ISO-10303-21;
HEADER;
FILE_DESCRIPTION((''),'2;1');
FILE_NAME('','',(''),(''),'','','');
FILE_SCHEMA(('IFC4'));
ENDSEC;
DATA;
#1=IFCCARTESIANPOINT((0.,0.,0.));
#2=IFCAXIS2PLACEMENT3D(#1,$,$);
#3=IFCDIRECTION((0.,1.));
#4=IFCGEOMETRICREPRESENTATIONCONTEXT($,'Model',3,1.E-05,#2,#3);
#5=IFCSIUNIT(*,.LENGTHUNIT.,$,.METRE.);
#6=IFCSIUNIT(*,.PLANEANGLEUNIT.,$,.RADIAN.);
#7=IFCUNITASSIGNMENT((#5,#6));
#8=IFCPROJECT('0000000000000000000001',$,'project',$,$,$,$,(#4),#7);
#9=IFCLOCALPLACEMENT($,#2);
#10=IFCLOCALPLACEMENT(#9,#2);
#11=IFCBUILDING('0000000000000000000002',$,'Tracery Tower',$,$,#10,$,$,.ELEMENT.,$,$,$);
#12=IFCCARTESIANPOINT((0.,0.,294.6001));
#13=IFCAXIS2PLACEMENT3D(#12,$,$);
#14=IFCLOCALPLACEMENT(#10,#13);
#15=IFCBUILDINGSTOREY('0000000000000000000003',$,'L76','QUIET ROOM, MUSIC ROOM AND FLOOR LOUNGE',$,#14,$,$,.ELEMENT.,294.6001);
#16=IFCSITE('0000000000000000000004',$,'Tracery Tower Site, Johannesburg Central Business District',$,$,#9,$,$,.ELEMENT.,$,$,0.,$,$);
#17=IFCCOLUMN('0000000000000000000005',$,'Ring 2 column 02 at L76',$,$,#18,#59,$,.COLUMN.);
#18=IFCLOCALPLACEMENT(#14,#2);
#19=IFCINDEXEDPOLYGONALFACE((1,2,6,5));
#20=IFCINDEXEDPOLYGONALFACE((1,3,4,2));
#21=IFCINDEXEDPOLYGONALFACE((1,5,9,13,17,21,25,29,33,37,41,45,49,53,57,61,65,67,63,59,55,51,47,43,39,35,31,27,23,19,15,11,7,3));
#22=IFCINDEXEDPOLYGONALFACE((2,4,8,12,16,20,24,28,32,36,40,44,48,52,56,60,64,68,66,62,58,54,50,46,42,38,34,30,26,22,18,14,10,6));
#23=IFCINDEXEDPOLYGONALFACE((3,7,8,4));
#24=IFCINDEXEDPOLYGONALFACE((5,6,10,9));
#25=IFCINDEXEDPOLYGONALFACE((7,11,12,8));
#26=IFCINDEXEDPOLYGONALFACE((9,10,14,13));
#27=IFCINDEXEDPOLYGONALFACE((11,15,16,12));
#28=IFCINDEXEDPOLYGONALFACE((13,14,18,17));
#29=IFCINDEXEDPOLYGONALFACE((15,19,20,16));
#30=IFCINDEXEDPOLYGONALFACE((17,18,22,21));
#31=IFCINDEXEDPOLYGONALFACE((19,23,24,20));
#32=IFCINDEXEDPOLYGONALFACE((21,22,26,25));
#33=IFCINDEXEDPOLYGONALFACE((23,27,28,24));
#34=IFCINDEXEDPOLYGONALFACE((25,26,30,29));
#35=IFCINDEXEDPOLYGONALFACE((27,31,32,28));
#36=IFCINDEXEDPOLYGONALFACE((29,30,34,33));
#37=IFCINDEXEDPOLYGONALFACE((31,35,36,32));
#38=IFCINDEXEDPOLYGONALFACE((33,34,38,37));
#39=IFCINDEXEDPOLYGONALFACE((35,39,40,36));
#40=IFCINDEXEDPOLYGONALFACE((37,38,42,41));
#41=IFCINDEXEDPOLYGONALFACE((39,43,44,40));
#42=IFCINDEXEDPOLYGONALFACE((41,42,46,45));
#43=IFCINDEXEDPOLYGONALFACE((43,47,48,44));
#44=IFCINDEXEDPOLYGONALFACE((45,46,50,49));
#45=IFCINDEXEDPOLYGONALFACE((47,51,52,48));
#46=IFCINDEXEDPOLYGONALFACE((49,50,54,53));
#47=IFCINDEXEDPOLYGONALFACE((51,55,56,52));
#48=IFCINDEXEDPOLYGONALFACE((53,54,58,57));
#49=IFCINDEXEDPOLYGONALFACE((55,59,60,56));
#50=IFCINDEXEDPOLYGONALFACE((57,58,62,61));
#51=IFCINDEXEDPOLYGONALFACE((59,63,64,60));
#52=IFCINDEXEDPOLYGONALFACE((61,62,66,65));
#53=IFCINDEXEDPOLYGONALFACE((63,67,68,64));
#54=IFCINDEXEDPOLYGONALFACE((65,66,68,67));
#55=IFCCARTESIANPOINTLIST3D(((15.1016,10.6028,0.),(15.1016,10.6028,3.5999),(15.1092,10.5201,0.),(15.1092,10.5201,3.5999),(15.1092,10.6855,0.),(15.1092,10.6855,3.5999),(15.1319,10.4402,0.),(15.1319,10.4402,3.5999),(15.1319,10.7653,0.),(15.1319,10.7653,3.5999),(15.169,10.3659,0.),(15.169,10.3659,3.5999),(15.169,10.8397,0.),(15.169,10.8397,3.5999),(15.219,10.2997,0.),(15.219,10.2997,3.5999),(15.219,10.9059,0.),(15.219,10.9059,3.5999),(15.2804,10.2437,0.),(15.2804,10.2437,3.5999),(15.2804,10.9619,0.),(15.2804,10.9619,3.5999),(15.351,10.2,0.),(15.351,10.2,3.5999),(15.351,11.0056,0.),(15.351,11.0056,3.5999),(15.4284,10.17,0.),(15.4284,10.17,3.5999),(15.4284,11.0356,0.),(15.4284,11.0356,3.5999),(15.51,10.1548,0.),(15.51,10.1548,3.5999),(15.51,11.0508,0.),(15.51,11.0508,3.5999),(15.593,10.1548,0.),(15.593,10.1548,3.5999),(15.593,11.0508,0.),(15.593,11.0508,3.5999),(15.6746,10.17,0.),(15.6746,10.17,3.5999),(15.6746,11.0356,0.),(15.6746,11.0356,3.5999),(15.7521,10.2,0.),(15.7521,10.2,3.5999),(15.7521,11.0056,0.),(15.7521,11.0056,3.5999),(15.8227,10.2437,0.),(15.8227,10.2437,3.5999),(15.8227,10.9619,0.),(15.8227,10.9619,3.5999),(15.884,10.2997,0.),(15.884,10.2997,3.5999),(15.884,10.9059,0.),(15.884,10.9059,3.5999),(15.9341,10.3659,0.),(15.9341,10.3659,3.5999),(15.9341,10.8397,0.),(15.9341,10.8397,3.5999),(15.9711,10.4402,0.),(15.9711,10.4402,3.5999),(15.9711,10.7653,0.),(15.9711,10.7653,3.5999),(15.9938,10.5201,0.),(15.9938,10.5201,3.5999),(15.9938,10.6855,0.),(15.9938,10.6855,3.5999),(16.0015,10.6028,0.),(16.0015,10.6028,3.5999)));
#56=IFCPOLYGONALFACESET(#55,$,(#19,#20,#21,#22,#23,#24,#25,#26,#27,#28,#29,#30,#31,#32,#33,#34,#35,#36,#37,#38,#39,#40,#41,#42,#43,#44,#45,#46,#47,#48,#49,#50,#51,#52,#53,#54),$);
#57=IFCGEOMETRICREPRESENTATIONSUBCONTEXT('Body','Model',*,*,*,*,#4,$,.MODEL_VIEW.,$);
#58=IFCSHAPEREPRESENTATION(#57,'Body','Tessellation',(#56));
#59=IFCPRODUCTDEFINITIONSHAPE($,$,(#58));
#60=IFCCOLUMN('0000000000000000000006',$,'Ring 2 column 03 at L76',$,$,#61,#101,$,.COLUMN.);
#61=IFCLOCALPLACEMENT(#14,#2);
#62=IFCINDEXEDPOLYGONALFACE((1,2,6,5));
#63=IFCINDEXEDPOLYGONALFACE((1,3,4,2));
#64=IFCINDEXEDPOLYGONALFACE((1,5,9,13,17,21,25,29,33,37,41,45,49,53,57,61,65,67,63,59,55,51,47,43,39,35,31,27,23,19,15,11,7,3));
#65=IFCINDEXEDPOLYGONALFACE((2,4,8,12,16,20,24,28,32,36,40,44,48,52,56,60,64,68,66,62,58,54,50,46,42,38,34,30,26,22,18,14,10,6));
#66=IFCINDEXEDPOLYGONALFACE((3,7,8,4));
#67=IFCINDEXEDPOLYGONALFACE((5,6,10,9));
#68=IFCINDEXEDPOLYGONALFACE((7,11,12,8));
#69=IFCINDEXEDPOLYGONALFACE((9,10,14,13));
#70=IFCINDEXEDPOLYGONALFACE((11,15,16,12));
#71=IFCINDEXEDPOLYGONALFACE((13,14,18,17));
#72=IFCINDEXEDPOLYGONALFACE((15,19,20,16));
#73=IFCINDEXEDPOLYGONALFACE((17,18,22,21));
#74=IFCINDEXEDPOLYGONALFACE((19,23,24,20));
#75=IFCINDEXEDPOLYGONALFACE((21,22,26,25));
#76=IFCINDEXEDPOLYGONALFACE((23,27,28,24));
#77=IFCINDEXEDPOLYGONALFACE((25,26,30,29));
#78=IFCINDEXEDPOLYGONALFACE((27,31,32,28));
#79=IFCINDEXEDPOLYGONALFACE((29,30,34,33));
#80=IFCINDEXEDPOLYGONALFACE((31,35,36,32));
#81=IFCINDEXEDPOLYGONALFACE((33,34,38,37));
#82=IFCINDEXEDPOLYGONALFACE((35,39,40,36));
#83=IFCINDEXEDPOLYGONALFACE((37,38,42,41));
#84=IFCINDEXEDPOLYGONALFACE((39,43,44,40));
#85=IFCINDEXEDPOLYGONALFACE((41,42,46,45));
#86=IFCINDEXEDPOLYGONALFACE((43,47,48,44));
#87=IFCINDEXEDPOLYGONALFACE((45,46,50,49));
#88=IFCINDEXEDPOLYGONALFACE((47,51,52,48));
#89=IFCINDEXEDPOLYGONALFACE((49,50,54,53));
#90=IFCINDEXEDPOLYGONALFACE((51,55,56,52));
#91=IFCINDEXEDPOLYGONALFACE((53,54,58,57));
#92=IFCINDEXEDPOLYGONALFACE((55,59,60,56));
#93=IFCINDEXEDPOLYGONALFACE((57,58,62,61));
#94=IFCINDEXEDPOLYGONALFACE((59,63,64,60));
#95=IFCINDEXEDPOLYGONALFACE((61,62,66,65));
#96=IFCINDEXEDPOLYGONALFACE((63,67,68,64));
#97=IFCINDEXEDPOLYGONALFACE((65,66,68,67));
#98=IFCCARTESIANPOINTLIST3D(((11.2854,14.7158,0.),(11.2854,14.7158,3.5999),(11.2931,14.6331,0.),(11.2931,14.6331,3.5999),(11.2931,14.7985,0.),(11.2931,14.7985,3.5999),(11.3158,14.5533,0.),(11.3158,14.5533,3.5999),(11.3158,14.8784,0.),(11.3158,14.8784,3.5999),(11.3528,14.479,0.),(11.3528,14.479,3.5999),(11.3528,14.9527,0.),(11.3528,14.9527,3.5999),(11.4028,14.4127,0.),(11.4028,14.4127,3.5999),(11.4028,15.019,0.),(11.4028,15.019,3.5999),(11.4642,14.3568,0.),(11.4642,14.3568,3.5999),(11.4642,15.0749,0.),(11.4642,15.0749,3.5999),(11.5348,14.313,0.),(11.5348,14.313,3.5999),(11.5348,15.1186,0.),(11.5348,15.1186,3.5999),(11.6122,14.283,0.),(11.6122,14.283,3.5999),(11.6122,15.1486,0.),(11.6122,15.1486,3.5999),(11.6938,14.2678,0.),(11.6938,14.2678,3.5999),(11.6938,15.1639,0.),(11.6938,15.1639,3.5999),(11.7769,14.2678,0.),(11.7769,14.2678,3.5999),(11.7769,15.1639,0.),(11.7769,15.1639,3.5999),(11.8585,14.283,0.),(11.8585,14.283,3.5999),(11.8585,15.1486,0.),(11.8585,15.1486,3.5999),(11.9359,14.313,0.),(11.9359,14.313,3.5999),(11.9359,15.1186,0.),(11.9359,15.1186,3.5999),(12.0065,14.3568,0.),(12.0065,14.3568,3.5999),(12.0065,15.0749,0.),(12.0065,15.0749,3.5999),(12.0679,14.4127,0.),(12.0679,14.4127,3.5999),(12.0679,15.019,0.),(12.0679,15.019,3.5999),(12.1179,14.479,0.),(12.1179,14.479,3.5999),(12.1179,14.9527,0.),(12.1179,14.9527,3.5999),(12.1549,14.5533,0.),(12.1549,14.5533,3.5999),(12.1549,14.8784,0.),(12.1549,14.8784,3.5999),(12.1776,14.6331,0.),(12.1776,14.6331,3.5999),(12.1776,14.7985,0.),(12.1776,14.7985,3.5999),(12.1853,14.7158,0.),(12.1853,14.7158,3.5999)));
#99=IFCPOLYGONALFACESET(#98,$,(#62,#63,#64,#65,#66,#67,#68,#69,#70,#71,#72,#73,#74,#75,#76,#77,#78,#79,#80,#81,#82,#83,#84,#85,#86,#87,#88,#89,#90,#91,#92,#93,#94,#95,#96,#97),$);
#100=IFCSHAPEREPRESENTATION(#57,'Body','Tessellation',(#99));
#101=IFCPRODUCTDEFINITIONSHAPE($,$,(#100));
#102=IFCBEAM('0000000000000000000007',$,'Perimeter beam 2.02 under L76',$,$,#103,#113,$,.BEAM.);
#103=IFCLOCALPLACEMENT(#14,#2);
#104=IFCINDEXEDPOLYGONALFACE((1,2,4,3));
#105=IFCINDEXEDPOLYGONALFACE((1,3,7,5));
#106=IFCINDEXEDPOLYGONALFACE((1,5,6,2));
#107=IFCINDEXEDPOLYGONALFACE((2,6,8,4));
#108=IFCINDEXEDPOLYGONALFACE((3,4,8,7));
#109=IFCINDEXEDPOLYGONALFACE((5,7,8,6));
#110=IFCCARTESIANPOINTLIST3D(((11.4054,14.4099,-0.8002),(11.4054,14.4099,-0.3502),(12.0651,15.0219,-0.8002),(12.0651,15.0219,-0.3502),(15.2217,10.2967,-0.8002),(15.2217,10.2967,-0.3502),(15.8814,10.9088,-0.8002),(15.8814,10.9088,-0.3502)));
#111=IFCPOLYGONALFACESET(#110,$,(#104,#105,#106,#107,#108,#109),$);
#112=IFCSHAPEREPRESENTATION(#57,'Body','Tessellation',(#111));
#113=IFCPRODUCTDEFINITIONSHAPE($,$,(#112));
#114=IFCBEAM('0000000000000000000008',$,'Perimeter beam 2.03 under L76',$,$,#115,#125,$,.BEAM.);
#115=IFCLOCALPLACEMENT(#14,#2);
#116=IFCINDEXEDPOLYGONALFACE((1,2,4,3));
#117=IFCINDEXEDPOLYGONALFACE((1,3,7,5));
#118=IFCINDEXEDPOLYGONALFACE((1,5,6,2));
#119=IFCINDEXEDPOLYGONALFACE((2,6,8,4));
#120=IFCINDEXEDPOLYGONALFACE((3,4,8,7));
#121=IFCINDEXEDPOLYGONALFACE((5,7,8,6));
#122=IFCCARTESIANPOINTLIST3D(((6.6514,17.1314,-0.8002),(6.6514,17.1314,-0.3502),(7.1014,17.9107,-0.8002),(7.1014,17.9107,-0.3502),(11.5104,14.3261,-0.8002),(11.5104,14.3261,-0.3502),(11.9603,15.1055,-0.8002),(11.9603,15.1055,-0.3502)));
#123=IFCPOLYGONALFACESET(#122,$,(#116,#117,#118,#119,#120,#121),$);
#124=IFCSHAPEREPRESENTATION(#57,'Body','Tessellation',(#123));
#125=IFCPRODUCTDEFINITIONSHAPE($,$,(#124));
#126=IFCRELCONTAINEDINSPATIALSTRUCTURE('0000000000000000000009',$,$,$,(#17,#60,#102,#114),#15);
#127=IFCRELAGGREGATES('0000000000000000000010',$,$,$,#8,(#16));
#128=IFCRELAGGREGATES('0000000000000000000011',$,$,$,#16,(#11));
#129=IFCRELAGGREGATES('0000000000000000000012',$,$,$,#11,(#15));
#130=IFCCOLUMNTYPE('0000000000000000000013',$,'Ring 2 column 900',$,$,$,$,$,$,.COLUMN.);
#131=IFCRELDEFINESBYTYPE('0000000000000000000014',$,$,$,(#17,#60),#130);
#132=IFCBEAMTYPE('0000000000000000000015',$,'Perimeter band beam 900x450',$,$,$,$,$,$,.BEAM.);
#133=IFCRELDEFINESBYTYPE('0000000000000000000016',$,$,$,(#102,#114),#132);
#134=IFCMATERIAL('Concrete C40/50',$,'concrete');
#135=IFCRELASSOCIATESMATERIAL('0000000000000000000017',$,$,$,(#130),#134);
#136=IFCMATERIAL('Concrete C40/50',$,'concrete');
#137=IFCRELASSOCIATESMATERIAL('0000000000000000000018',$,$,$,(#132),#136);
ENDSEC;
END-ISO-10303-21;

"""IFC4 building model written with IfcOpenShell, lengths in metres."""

from ifc_helpers import new_model, si_unit, direction, frame, origin, origin_2d, place, context, subcontext, project, spatial, rectangle, circle, extrude, material, material_profile, profile_set, type_object, element, save


model = new_model("IFC4")

# Units and contexts
model_context = context("Model", 3, precision=1e-05, world=origin(), true_north=direction((0.0, 1.0)))
body_context = subcontext(model_context, "Body", "Model", "MODEL_VIEW")
ifc_project = project(units=[si_unit("LENGTHUNIT", "METRE"), si_unit("PLANEANGLEUNIT", "RADIAN")], contexts=[model_context])

# Site, building, storey
site_placement = place(None, origin())
site = spatial("IfcSite", under=ifc_project, at=site_placement, Name="Tracery Tower Site, Johannesburg Central Business District", CompositionType="ELEMENT", RefElevation=0.0)
building_placement = place(site_placement, origin())
building = spatial("IfcBuilding", under=site, at=building_placement, Name="Tracery Tower", CompositionType="ELEMENT")
storey_placement = place(building_placement, frame((0.0, 0.0, 294.6001)))
storey = spatial("IfcBuildingStorey", under=building, at=storey_placement, Name="L76", Description="QUIET ROOM, MUSIC ROOM AND FLOOR LOUNGE", CompositionType="ELEMENT", Elevation=294.6001)

# Columns
ifc_material_1 = material(Name="Concrete C40/50", Category="concrete")
ifc_material_profile_1 = material_profile(ifc_material_1, circle(Radius=0.45, at=origin_2d()), Name="RC D900")
ifc_profile_set_1 = profile_set([ifc_material_profile_1], Name="Concrete C40/50")
column_type = type_object("IfcColumnType", Name="Ring 2 column 900", PredefinedType="COLUMN", material=ifc_profile_set_1)
for number, where, z_axis, x_axis, name in (
    (1, (15.5515, 10.6028, 0.0), (0.0, 0.0, 1.0), (1.0, 0.0, 0.0), "Ring 2 column 02 at L76"),
    (2, (11.7354, 14.7158, 0.0), (0.0, 0.0, 1.0), (1.0, 0.0, 0.0), "Ring 2 column 03 at L76"),
):
    element("IfcColumn", number, at=place(storey_placement, frame(where, z_axis=z_axis, x_axis=x_axis)), inside=storey, type_object=column_type, Name=name, PredefinedType="COLUMN", context=body_context, shape_type="SweptSolid", body=[
        extrude(circle(Radius=0.45, at=origin_2d()), origin(), (0.0, 0.0, 1.0), 3.5999),
    ])

# Beams
ifc_material_2 = material(Name="Concrete C40/50", Category="concrete")
ifc_material_profile_2 = material_profile(ifc_material_2, rectangle(XDim=0.8999, YDim=0.45, at=origin_2d()), Name="RC 900x450")
ifc_profile_set_2 = profile_set([ifc_material_profile_2], Name="Concrete C40/50")
beam_type = type_object("IfcBeamType", Name="Perimeter band beam 900x450", PredefinedType="BEAM", material=ifc_profile_set_2)
beam_1_placement = place(storey_placement, frame((15.5515, 10.6028, -0.5752), z_axis=(-0.680156, 0.733068, 0.0), x_axis=(-0.733068, -0.680156, 0.0)))
element("IfcBeam", 3, at=beam_1_placement, inside=storey, type_object=beam_type, Name="Perimeter beam 2.02 under L76", PredefinedType="BEAM", context=body_context, shape_type="SweptSolid", body=[
    extrude(rectangle(XDim=0.8999, YDim=0.45, at=origin_2d()), origin(), (0.0, 0.0, 1.0), 5.6108),
])
beam_2_placement = place(storey_placement, frame((11.7354, 14.7158, -0.5752), z_axis=(-0.866033, 0.499986, 0.0), x_axis=(-0.499986, -0.866033, 0.0)))
element("IfcBeam", 4, at=beam_2_placement, inside=storey, type_object=beam_type, Name="Perimeter beam 2.03 under L76", PredefinedType="BEAM", context=body_context, shape_type="SweptSolid", body=[
    extrude(rectangle(XDim=0.8999, YDim=0.45, at=origin_2d()), origin(), (0.0, 0.0, 1.0), 5.6106),
])

save(model, "model.ifc")
